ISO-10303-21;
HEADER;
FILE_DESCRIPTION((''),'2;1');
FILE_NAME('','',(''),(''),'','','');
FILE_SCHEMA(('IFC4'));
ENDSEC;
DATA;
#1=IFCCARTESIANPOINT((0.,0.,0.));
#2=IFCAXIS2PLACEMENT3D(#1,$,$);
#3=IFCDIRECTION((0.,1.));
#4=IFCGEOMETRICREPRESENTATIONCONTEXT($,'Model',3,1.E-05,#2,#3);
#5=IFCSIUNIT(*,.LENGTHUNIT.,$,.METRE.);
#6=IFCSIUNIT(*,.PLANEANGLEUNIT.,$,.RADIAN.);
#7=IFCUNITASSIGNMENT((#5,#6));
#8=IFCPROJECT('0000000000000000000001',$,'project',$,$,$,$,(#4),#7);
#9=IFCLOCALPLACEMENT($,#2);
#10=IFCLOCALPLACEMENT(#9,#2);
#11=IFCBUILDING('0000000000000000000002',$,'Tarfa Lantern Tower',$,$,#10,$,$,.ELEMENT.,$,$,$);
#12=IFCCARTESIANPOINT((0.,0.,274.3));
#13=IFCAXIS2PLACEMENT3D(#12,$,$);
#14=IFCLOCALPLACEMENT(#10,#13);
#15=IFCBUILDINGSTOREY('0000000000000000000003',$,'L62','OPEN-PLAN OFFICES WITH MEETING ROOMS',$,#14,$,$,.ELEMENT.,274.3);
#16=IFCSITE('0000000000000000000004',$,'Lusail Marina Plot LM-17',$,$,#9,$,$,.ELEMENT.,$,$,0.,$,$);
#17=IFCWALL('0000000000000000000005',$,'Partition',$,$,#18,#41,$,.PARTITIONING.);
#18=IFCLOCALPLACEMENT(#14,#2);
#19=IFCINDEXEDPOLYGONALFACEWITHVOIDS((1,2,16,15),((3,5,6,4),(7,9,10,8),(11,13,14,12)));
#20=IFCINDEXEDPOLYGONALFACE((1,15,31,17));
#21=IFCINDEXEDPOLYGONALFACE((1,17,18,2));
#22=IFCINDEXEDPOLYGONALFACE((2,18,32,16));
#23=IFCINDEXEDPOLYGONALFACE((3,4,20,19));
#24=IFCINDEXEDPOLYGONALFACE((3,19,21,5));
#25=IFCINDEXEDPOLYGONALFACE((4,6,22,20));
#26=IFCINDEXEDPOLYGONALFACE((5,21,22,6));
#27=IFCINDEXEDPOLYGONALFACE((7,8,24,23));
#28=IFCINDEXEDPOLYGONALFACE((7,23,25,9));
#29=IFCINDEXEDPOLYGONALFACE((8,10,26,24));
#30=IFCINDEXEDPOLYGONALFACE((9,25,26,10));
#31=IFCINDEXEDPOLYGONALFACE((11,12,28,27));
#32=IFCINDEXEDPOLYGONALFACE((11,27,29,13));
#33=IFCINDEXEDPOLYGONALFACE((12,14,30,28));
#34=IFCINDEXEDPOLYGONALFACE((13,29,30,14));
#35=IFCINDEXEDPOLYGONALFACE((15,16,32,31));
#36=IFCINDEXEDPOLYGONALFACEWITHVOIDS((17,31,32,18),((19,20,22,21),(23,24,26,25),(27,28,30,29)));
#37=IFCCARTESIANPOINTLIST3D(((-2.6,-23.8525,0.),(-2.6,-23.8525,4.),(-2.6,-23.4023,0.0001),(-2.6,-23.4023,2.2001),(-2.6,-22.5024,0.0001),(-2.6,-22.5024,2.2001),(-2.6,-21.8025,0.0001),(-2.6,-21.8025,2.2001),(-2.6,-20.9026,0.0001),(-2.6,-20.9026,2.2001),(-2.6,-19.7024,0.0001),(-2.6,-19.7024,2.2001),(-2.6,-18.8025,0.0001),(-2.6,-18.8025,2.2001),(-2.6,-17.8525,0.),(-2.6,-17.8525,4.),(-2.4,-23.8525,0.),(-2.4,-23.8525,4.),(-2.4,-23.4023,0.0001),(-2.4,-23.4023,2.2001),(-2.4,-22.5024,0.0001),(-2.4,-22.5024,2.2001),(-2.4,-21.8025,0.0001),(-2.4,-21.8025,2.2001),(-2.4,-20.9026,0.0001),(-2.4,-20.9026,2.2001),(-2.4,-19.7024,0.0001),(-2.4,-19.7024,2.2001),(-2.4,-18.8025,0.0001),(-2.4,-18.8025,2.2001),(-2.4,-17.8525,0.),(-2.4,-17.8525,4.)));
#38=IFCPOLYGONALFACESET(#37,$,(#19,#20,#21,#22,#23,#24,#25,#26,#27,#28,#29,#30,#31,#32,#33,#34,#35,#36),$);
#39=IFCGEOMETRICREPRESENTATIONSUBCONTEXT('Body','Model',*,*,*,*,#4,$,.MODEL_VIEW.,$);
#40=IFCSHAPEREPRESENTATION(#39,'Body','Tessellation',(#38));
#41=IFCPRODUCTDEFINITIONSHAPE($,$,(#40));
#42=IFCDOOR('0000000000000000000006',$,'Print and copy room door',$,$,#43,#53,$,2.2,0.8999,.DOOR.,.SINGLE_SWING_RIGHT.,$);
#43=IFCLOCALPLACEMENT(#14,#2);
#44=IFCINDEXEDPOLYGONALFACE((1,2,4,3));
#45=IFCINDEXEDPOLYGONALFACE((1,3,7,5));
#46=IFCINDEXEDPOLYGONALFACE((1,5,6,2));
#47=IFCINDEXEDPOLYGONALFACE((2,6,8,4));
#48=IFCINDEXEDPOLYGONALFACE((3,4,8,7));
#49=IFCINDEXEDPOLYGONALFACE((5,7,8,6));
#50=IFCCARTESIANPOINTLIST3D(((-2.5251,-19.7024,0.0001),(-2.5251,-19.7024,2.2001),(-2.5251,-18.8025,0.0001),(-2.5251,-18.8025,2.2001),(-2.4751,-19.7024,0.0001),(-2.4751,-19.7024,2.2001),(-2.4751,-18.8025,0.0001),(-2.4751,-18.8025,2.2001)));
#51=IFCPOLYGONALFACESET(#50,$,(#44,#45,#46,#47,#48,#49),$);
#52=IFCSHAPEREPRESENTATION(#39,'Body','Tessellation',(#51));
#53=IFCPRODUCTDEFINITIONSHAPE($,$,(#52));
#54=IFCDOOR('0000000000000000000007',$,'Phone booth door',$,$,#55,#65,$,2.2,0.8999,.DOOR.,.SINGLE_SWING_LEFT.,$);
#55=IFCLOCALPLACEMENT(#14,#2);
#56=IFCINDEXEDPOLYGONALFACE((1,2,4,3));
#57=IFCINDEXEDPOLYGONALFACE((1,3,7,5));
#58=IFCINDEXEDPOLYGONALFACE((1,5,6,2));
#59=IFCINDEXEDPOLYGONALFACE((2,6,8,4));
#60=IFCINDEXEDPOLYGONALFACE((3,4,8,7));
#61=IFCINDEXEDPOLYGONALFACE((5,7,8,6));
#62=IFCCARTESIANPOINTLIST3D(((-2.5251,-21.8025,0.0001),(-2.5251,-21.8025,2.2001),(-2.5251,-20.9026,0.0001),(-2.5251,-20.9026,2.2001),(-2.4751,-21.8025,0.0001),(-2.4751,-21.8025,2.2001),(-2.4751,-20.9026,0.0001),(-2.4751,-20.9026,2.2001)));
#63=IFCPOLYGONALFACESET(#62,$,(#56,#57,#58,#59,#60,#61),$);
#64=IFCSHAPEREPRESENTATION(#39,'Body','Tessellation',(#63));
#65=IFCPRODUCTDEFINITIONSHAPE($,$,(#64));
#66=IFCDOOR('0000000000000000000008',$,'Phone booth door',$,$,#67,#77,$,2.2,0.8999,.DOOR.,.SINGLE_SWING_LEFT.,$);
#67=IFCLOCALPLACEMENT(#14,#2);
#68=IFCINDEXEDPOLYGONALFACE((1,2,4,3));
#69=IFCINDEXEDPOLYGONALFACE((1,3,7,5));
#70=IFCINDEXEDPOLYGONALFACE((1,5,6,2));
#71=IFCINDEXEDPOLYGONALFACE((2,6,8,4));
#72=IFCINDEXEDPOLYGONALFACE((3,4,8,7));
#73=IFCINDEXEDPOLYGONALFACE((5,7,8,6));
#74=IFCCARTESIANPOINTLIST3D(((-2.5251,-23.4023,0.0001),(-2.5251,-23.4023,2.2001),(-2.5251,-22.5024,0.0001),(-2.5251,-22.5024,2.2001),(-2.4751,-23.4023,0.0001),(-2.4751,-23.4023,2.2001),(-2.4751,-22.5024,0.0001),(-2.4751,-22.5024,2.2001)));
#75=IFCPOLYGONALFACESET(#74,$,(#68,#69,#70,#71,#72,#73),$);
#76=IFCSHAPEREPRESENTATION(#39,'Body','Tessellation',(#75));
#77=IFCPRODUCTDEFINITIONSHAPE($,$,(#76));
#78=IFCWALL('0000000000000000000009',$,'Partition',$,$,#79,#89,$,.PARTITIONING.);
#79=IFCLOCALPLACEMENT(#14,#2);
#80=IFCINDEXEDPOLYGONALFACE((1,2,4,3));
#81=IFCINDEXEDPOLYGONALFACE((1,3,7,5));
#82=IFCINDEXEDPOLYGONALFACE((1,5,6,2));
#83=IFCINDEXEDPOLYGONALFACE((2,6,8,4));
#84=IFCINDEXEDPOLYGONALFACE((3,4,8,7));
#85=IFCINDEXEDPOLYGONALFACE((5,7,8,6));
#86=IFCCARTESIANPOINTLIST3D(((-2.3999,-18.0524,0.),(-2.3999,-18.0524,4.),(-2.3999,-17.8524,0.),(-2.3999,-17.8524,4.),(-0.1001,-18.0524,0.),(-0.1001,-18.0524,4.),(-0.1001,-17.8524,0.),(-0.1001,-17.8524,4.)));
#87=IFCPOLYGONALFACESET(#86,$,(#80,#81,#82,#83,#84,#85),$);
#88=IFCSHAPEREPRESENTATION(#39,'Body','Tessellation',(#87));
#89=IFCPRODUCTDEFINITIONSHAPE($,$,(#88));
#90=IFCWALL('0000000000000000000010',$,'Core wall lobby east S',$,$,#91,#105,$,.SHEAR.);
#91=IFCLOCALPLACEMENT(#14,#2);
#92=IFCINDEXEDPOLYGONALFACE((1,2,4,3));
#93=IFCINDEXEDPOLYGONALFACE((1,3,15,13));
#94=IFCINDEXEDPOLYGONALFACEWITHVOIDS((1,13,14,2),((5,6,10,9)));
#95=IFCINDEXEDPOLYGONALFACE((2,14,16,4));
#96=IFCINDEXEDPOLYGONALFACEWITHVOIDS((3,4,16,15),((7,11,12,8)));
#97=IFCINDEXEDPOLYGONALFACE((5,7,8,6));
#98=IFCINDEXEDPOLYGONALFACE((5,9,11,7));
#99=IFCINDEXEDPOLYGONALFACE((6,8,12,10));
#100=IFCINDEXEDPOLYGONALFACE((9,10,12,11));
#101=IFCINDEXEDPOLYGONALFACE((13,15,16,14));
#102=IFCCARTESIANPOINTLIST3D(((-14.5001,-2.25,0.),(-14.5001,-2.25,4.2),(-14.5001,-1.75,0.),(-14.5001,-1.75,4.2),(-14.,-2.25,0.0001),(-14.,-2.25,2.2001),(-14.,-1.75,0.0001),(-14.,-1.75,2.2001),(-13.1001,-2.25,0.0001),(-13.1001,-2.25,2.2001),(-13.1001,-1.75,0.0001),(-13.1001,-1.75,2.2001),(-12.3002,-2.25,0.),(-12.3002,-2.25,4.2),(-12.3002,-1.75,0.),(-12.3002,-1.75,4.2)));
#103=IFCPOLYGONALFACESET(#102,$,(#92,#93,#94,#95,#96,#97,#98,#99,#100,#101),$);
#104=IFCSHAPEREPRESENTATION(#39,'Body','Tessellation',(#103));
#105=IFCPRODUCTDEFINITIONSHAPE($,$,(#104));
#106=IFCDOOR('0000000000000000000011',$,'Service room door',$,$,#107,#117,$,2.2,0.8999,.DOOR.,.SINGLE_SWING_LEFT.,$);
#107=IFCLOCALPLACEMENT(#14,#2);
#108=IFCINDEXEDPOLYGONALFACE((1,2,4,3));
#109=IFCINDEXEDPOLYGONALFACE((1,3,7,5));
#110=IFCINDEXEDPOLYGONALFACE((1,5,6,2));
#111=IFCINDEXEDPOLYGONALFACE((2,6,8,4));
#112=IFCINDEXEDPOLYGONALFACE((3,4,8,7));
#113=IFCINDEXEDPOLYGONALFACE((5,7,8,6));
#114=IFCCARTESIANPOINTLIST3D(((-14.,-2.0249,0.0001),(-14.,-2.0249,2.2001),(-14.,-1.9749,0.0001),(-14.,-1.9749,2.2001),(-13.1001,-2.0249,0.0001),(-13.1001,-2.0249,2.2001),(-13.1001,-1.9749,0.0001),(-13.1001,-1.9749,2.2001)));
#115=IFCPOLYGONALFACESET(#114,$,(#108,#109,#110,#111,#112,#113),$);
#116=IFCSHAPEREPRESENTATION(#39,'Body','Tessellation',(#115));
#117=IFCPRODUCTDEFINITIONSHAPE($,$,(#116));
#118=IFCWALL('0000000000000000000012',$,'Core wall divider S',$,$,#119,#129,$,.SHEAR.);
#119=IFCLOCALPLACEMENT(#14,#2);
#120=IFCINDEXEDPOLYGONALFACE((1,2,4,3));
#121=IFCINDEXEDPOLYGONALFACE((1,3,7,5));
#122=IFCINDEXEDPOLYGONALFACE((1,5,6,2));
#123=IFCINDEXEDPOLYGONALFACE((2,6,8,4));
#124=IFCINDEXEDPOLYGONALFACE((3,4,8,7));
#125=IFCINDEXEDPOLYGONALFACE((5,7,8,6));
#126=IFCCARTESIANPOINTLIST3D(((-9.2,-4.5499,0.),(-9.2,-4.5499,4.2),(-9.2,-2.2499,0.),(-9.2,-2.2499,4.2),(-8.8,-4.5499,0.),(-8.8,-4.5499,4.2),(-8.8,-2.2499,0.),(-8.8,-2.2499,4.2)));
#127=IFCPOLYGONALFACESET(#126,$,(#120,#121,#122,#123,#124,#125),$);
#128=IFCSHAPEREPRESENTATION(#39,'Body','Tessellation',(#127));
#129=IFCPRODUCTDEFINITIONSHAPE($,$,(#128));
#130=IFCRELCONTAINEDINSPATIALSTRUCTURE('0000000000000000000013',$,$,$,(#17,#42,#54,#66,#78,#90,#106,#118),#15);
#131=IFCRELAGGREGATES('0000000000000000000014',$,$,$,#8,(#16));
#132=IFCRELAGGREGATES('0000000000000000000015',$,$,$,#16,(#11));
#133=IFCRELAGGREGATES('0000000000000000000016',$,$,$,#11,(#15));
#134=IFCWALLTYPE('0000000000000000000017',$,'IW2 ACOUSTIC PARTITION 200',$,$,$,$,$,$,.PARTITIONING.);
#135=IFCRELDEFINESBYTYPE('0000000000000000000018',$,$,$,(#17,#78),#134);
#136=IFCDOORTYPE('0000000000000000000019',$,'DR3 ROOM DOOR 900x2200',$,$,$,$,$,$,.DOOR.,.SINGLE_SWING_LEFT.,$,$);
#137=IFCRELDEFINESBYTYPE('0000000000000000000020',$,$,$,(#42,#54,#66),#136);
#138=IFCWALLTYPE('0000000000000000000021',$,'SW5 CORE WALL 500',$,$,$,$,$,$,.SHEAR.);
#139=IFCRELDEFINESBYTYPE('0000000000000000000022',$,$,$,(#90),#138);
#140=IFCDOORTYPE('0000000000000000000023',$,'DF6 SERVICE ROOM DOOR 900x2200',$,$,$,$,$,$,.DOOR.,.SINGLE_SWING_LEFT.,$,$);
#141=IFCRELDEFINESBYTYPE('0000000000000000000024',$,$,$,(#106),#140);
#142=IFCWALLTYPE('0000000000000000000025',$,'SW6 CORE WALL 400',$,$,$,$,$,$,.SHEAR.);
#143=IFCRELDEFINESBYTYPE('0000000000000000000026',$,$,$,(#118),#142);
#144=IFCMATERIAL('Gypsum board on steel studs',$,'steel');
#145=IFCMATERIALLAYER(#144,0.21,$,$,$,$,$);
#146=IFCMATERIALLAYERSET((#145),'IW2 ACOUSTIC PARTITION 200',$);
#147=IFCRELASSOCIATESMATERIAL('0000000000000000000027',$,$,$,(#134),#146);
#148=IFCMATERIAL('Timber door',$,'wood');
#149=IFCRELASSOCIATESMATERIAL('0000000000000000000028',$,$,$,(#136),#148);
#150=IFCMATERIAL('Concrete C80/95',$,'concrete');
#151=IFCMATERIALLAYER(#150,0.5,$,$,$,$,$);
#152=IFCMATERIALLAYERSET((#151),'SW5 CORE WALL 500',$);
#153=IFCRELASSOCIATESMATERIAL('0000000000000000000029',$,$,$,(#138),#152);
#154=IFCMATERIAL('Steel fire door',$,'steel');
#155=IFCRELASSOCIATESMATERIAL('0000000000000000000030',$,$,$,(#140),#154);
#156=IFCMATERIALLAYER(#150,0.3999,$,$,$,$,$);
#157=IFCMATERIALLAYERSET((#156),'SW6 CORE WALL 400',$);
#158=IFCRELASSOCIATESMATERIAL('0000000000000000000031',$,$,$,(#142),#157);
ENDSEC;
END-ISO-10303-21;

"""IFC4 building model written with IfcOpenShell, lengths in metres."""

from ifc_helpers import new_model, si_unit, direction, frame, frame_2d, origin, place, context, subcontext, project, spatial, rectangle, extrude, material, layer, layer_set, type_object, element, fill, save


model = new_model("IFC4")

# Units and contexts
model_context = context("Model", 3, precision=1e-05, world=origin(), true_north=direction((0.0, 1.0)))
body_context = subcontext(model_context, "Body", "Model", "MODEL_VIEW")
ifc_project = project(units=[si_unit("LENGTHUNIT", "METRE"), si_unit("PLANEANGLEUNIT", "RADIAN")], contexts=[model_context])

# Site, building, storey
site_placement = place(None, origin())
site = spatial("IfcSite", under=ifc_project, at=site_placement, Name="Lusail Marina Plot LM-17", CompositionType="ELEMENT", RefElevation=0.0)
building_placement = place(site_placement, origin())
building = spatial("IfcBuilding", under=site, at=building_placement, Name="Tarfa Lantern Tower", CompositionType="ELEMENT")
storey_placement = place(building_placement, frame((0.0, 0.0, 274.3)))
storey = spatial("IfcBuildingStorey", under=building, at=storey_placement, Name="L62", Description="OPEN-PLAN OFFICES WITH MEETING ROOMS", CompositionType="ELEMENT", Elevation=274.3)

# Wall, openings, doors
ifc_material_1 = material(Name="Gypsum board on steel studs", Category="steel")
ifc_layer_1 = layer(ifc_material_1, 0.21)
ifc_layer_set_1 = layer_set([ifc_layer_1], Name="IW2 ACOUSTIC PARTITION 200")
wall_type_1 = type_object("IfcWallType", Name="IW2 ACOUSTIC PARTITION 200", PredefinedType="PARTITIONING", material=ifc_layer_set_1)
wall_1_placement = place(storey_placement, frame((-2.5, -17.8525, 0.0), z_axis=(0.0, 0.0, 1.0), x_axis=(0.0, -1.0, 0.0)))
wall_1 = element("IfcWall", 1, at=wall_1_placement, inside=storey, type_object=wall_type_1, Name="Partition", PredefinedType="PARTITIONING", context=body_context, shape_type="SweptSolid", body=[
    extrude(rectangle(XDim=6.0, YDim=0.2, at=frame_2d((3.0, 0.0))), origin(), (0.0, 0.0, 1.0), 4.0),
])
opening_1_placement = place(wall_1_placement, frame((0.95, 0.0, 0.0)))
opening_1 = element("IfcOpeningElement", 2, at=opening_1_placement, cuts=wall_1, PredefinedType="OPENING", context=body_context, shape_type="SweptSolid", body=[
    extrude(rectangle(XDim=0.8999, YDim=2.2, at=frame_2d((0.45, 1.1001))), frame((0.0, 0.1099, 0.0), z_axis=(0.0, -1.0, 0.0), x_axis=(1.0, 0.0, 0.0)), (0.0, 0.0, 1.0), 0.22),
])
opening_2_placement = place(wall_1_placement, frame((3.05, 0.0, 0.0)))
opening_2 = element("IfcOpeningElement", 3, at=opening_2_placement, cuts=wall_1, PredefinedType="OPENING", context=body_context, shape_type="SweptSolid", body=[
    extrude(rectangle(XDim=0.8999, YDim=2.2, at=frame_2d((0.45, 1.1001))), frame((0.0, 0.1099, 0.0), z_axis=(0.0, -1.0, 0.0), x_axis=(1.0, 0.0, 0.0)), (0.0, 0.0, 1.0), 0.22),
])
opening_3_placement = place(wall_1_placement, frame((4.6499, 0.0, 0.0)))
opening_3 = element("IfcOpeningElement", 4, at=opening_3_placement, cuts=wall_1, PredefinedType="OPENING", context=body_context, shape_type="SweptSolid", body=[
    extrude(rectangle(XDim=0.8999, YDim=2.2, at=frame_2d((0.45, 1.1001))), frame((0.0, 0.1099, 0.0), z_axis=(0.0, -1.0, 0.0), x_axis=(1.0, 0.0, 0.0)), (0.0, 0.0, 1.0), 0.22),
])
ifc_material_2 = material(Name="Timber door", Category="wood")
door_type_1 = type_object("IfcDoorType", Name="DR3 ROOM DOOR 900x2200", OperationType="SINGLE_SWING_LEFT", PredefinedType="DOOR", material=ifc_material_2)
door_1_placement = place(opening_1_placement, origin())
door_1 = element("IfcDoor", 5, at=door_1_placement, inside=storey, type_object=door_type_1, Name="Print and copy room door", OperationType="SINGLE_SWING_RIGHT", OverallHeight=2.2, OverallWidth=0.8999, PredefinedType="DOOR", context=body_context, shape_type="SweptSolid", body=[
    extrude(rectangle(XDim=0.8999, YDim=2.2, at=frame_2d((0.45, 1.1001))), frame((0.0, 0.0249, 0.0), z_axis=(0.0, -1.0, 0.0), x_axis=(1.0, 0.0, 0.0)), (0.0, 0.0, 1.0), 0.05),
])
fill(opening_1, door_1)
door_2_placement = place(opening_2_placement, origin())
door_2 = element("IfcDoor", 6, at=door_2_placement, inside=storey, type_object=door_type_1, Name="Phone booth door", OperationType="SINGLE_SWING_LEFT", OverallHeight=2.2, OverallWidth=0.8999, PredefinedType="DOOR", context=body_context, shape_type="SweptSolid", body=[
    extrude(rectangle(XDim=0.8999, YDim=2.2, at=frame_2d((0.45, 1.1001))), frame((0.0, 0.0249, 0.0), z_axis=(0.0, -1.0, 0.0), x_axis=(1.0, 0.0, 0.0)), (0.0, 0.0, 1.0), 0.05),
])
fill(opening_2, door_2)
door_3_placement = place(opening_3_placement, origin())
door_3 = element("IfcDoor", 7, at=door_3_placement, inside=storey, type_object=door_type_1, Name="Phone booth door", OperationType="SINGLE_SWING_LEFT", OverallHeight=2.2, OverallWidth=0.8999, PredefinedType="DOOR", context=body_context, shape_type="SweptSolid", body=[
    extrude(rectangle(XDim=0.8999, YDim=2.2, at=frame_2d((0.45, 1.1001))), frame((0.0, 0.0249, 0.0), z_axis=(0.0, -1.0, 0.0), x_axis=(1.0, 0.0, 0.0)), (0.0, 0.0, 1.0), 0.05),
])
fill(opening_3, door_3)

# Wall
wall_2_placement = place(storey_placement, frame((-0.1001, -17.9524, 0.0), z_axis=(0.0, 0.0, 1.0), x_axis=(-1.0, 0.0, 0.0)))
element("IfcWall", 8, at=wall_2_placement, inside=storey, type_object=wall_type_1, Name="Partition", PredefinedType="PARTITIONING", context=body_context, shape_type="SweptSolid", body=[
    extrude(rectangle(XDim=2.2998, YDim=0.2, at=frame_2d((1.1499, 0.0))), origin(), (0.0, 0.0, 1.0), 4.0),
])

# Wall, opening, door
ifc_material_3 = material(Name="Concrete C80/95", Category="concrete")
ifc_layer_2 = layer(ifc_material_3, 0.5)
ifc_layer_set_2 = layer_set([ifc_layer_2], Name="SW5 CORE WALL 500")
wall_type_2 = type_object("IfcWallType", Name="SW5 CORE WALL 500", PredefinedType="SHEAR", material=ifc_layer_set_2)
wall_3_placement = place(storey_placement, frame((-12.3, -2.0, 0.0), z_axis=(0.0, 0.0, 1.0), x_axis=(-1.0, 0.0, 0.0)))
wall_3 = element("IfcWall", 9, at=wall_3_placement, inside=storey, type_object=wall_type_2, Name="Core wall lobby east S", PredefinedType="SHEAR", context=body_context, shape_type="SweptSolid", body=[
    extrude(rectangle(XDim=2.2, YDim=0.5, at=frame_2d((1.1001, 0.0))), origin(), (0.0, 0.0, 1.0), 4.2),
])
opening_4_placement = place(wall_3_placement, frame((0.8, 0.0, 0.0)))
opening_4 = element("IfcOpeningElement", 10, at=opening_4_placement, cuts=wall_3, PredefinedType="OPENING", context=body_context, shape_type="SweptSolid", body=[
    extrude(rectangle(XDim=0.8999, YDim=2.2, at=frame_2d((0.45, 1.1001))), frame((0.0, 0.26, 0.0), z_axis=(0.0, -1.0, 0.0), x_axis=(1.0, 0.0, 0.0)), (0.0, 0.0, 1.0), 0.52),
])
ifc_material_4 = material(Name="Steel fire door", Category="steel")
door_type_2 = type_object("IfcDoorType", Name="DF6 SERVICE ROOM DOOR 900x2200", OperationType="SINGLE_SWING_LEFT", PredefinedType="DOOR", material=ifc_material_4)
door_4_placement = place(opening_4_placement, origin())
door_4 = element("IfcDoor", 11, at=door_4_placement, inside=storey, type_object=door_type_2, Name="Service room door", OperationType="SINGLE_SWING_LEFT", OverallHeight=2.2, OverallWidth=0.8999, PredefinedType="DOOR", context=body_context, shape_type="SweptSolid", body=[
    extrude(rectangle(XDim=0.8999, YDim=2.2, at=frame_2d((0.45, 1.1001))), frame((0.0, 0.0249, 0.0), z_axis=(0.0, -1.0, 0.0), x_axis=(1.0, 0.0, 0.0)), (0.0, 0.0, 1.0), 0.05),
])
fill(opening_4, door_4)

# Wall
ifc_layer_3 = layer(ifc_material_3, 0.3999)
ifc_layer_set_3 = layer_set([ifc_layer_3], Name="SW6 CORE WALL 400")
wall_type_3 = type_object("IfcWallType", Name="SW6 CORE WALL 400", PredefinedType="SHEAR", material=ifc_layer_set_3)
wall_4_placement = place(storey_placement, frame((-9.0, -2.25, 0.0), z_axis=(0.0, 0.0, 1.0), x_axis=(0.0, -1.0, 0.0)))
element("IfcWall", 12, at=wall_4_placement, inside=storey, type_object=wall_type_3, Name="Core wall divider S", PredefinedType="SHEAR", context=body_context, shape_type="SweptSolid", body=[
    extrude(rectangle(XDim=2.3, YDim=0.3999, at=frame_2d((1.1499, 0.0))), origin(), (0.0, 0.0, 1.0), 4.2),
])

save(model, "model.ifc")
